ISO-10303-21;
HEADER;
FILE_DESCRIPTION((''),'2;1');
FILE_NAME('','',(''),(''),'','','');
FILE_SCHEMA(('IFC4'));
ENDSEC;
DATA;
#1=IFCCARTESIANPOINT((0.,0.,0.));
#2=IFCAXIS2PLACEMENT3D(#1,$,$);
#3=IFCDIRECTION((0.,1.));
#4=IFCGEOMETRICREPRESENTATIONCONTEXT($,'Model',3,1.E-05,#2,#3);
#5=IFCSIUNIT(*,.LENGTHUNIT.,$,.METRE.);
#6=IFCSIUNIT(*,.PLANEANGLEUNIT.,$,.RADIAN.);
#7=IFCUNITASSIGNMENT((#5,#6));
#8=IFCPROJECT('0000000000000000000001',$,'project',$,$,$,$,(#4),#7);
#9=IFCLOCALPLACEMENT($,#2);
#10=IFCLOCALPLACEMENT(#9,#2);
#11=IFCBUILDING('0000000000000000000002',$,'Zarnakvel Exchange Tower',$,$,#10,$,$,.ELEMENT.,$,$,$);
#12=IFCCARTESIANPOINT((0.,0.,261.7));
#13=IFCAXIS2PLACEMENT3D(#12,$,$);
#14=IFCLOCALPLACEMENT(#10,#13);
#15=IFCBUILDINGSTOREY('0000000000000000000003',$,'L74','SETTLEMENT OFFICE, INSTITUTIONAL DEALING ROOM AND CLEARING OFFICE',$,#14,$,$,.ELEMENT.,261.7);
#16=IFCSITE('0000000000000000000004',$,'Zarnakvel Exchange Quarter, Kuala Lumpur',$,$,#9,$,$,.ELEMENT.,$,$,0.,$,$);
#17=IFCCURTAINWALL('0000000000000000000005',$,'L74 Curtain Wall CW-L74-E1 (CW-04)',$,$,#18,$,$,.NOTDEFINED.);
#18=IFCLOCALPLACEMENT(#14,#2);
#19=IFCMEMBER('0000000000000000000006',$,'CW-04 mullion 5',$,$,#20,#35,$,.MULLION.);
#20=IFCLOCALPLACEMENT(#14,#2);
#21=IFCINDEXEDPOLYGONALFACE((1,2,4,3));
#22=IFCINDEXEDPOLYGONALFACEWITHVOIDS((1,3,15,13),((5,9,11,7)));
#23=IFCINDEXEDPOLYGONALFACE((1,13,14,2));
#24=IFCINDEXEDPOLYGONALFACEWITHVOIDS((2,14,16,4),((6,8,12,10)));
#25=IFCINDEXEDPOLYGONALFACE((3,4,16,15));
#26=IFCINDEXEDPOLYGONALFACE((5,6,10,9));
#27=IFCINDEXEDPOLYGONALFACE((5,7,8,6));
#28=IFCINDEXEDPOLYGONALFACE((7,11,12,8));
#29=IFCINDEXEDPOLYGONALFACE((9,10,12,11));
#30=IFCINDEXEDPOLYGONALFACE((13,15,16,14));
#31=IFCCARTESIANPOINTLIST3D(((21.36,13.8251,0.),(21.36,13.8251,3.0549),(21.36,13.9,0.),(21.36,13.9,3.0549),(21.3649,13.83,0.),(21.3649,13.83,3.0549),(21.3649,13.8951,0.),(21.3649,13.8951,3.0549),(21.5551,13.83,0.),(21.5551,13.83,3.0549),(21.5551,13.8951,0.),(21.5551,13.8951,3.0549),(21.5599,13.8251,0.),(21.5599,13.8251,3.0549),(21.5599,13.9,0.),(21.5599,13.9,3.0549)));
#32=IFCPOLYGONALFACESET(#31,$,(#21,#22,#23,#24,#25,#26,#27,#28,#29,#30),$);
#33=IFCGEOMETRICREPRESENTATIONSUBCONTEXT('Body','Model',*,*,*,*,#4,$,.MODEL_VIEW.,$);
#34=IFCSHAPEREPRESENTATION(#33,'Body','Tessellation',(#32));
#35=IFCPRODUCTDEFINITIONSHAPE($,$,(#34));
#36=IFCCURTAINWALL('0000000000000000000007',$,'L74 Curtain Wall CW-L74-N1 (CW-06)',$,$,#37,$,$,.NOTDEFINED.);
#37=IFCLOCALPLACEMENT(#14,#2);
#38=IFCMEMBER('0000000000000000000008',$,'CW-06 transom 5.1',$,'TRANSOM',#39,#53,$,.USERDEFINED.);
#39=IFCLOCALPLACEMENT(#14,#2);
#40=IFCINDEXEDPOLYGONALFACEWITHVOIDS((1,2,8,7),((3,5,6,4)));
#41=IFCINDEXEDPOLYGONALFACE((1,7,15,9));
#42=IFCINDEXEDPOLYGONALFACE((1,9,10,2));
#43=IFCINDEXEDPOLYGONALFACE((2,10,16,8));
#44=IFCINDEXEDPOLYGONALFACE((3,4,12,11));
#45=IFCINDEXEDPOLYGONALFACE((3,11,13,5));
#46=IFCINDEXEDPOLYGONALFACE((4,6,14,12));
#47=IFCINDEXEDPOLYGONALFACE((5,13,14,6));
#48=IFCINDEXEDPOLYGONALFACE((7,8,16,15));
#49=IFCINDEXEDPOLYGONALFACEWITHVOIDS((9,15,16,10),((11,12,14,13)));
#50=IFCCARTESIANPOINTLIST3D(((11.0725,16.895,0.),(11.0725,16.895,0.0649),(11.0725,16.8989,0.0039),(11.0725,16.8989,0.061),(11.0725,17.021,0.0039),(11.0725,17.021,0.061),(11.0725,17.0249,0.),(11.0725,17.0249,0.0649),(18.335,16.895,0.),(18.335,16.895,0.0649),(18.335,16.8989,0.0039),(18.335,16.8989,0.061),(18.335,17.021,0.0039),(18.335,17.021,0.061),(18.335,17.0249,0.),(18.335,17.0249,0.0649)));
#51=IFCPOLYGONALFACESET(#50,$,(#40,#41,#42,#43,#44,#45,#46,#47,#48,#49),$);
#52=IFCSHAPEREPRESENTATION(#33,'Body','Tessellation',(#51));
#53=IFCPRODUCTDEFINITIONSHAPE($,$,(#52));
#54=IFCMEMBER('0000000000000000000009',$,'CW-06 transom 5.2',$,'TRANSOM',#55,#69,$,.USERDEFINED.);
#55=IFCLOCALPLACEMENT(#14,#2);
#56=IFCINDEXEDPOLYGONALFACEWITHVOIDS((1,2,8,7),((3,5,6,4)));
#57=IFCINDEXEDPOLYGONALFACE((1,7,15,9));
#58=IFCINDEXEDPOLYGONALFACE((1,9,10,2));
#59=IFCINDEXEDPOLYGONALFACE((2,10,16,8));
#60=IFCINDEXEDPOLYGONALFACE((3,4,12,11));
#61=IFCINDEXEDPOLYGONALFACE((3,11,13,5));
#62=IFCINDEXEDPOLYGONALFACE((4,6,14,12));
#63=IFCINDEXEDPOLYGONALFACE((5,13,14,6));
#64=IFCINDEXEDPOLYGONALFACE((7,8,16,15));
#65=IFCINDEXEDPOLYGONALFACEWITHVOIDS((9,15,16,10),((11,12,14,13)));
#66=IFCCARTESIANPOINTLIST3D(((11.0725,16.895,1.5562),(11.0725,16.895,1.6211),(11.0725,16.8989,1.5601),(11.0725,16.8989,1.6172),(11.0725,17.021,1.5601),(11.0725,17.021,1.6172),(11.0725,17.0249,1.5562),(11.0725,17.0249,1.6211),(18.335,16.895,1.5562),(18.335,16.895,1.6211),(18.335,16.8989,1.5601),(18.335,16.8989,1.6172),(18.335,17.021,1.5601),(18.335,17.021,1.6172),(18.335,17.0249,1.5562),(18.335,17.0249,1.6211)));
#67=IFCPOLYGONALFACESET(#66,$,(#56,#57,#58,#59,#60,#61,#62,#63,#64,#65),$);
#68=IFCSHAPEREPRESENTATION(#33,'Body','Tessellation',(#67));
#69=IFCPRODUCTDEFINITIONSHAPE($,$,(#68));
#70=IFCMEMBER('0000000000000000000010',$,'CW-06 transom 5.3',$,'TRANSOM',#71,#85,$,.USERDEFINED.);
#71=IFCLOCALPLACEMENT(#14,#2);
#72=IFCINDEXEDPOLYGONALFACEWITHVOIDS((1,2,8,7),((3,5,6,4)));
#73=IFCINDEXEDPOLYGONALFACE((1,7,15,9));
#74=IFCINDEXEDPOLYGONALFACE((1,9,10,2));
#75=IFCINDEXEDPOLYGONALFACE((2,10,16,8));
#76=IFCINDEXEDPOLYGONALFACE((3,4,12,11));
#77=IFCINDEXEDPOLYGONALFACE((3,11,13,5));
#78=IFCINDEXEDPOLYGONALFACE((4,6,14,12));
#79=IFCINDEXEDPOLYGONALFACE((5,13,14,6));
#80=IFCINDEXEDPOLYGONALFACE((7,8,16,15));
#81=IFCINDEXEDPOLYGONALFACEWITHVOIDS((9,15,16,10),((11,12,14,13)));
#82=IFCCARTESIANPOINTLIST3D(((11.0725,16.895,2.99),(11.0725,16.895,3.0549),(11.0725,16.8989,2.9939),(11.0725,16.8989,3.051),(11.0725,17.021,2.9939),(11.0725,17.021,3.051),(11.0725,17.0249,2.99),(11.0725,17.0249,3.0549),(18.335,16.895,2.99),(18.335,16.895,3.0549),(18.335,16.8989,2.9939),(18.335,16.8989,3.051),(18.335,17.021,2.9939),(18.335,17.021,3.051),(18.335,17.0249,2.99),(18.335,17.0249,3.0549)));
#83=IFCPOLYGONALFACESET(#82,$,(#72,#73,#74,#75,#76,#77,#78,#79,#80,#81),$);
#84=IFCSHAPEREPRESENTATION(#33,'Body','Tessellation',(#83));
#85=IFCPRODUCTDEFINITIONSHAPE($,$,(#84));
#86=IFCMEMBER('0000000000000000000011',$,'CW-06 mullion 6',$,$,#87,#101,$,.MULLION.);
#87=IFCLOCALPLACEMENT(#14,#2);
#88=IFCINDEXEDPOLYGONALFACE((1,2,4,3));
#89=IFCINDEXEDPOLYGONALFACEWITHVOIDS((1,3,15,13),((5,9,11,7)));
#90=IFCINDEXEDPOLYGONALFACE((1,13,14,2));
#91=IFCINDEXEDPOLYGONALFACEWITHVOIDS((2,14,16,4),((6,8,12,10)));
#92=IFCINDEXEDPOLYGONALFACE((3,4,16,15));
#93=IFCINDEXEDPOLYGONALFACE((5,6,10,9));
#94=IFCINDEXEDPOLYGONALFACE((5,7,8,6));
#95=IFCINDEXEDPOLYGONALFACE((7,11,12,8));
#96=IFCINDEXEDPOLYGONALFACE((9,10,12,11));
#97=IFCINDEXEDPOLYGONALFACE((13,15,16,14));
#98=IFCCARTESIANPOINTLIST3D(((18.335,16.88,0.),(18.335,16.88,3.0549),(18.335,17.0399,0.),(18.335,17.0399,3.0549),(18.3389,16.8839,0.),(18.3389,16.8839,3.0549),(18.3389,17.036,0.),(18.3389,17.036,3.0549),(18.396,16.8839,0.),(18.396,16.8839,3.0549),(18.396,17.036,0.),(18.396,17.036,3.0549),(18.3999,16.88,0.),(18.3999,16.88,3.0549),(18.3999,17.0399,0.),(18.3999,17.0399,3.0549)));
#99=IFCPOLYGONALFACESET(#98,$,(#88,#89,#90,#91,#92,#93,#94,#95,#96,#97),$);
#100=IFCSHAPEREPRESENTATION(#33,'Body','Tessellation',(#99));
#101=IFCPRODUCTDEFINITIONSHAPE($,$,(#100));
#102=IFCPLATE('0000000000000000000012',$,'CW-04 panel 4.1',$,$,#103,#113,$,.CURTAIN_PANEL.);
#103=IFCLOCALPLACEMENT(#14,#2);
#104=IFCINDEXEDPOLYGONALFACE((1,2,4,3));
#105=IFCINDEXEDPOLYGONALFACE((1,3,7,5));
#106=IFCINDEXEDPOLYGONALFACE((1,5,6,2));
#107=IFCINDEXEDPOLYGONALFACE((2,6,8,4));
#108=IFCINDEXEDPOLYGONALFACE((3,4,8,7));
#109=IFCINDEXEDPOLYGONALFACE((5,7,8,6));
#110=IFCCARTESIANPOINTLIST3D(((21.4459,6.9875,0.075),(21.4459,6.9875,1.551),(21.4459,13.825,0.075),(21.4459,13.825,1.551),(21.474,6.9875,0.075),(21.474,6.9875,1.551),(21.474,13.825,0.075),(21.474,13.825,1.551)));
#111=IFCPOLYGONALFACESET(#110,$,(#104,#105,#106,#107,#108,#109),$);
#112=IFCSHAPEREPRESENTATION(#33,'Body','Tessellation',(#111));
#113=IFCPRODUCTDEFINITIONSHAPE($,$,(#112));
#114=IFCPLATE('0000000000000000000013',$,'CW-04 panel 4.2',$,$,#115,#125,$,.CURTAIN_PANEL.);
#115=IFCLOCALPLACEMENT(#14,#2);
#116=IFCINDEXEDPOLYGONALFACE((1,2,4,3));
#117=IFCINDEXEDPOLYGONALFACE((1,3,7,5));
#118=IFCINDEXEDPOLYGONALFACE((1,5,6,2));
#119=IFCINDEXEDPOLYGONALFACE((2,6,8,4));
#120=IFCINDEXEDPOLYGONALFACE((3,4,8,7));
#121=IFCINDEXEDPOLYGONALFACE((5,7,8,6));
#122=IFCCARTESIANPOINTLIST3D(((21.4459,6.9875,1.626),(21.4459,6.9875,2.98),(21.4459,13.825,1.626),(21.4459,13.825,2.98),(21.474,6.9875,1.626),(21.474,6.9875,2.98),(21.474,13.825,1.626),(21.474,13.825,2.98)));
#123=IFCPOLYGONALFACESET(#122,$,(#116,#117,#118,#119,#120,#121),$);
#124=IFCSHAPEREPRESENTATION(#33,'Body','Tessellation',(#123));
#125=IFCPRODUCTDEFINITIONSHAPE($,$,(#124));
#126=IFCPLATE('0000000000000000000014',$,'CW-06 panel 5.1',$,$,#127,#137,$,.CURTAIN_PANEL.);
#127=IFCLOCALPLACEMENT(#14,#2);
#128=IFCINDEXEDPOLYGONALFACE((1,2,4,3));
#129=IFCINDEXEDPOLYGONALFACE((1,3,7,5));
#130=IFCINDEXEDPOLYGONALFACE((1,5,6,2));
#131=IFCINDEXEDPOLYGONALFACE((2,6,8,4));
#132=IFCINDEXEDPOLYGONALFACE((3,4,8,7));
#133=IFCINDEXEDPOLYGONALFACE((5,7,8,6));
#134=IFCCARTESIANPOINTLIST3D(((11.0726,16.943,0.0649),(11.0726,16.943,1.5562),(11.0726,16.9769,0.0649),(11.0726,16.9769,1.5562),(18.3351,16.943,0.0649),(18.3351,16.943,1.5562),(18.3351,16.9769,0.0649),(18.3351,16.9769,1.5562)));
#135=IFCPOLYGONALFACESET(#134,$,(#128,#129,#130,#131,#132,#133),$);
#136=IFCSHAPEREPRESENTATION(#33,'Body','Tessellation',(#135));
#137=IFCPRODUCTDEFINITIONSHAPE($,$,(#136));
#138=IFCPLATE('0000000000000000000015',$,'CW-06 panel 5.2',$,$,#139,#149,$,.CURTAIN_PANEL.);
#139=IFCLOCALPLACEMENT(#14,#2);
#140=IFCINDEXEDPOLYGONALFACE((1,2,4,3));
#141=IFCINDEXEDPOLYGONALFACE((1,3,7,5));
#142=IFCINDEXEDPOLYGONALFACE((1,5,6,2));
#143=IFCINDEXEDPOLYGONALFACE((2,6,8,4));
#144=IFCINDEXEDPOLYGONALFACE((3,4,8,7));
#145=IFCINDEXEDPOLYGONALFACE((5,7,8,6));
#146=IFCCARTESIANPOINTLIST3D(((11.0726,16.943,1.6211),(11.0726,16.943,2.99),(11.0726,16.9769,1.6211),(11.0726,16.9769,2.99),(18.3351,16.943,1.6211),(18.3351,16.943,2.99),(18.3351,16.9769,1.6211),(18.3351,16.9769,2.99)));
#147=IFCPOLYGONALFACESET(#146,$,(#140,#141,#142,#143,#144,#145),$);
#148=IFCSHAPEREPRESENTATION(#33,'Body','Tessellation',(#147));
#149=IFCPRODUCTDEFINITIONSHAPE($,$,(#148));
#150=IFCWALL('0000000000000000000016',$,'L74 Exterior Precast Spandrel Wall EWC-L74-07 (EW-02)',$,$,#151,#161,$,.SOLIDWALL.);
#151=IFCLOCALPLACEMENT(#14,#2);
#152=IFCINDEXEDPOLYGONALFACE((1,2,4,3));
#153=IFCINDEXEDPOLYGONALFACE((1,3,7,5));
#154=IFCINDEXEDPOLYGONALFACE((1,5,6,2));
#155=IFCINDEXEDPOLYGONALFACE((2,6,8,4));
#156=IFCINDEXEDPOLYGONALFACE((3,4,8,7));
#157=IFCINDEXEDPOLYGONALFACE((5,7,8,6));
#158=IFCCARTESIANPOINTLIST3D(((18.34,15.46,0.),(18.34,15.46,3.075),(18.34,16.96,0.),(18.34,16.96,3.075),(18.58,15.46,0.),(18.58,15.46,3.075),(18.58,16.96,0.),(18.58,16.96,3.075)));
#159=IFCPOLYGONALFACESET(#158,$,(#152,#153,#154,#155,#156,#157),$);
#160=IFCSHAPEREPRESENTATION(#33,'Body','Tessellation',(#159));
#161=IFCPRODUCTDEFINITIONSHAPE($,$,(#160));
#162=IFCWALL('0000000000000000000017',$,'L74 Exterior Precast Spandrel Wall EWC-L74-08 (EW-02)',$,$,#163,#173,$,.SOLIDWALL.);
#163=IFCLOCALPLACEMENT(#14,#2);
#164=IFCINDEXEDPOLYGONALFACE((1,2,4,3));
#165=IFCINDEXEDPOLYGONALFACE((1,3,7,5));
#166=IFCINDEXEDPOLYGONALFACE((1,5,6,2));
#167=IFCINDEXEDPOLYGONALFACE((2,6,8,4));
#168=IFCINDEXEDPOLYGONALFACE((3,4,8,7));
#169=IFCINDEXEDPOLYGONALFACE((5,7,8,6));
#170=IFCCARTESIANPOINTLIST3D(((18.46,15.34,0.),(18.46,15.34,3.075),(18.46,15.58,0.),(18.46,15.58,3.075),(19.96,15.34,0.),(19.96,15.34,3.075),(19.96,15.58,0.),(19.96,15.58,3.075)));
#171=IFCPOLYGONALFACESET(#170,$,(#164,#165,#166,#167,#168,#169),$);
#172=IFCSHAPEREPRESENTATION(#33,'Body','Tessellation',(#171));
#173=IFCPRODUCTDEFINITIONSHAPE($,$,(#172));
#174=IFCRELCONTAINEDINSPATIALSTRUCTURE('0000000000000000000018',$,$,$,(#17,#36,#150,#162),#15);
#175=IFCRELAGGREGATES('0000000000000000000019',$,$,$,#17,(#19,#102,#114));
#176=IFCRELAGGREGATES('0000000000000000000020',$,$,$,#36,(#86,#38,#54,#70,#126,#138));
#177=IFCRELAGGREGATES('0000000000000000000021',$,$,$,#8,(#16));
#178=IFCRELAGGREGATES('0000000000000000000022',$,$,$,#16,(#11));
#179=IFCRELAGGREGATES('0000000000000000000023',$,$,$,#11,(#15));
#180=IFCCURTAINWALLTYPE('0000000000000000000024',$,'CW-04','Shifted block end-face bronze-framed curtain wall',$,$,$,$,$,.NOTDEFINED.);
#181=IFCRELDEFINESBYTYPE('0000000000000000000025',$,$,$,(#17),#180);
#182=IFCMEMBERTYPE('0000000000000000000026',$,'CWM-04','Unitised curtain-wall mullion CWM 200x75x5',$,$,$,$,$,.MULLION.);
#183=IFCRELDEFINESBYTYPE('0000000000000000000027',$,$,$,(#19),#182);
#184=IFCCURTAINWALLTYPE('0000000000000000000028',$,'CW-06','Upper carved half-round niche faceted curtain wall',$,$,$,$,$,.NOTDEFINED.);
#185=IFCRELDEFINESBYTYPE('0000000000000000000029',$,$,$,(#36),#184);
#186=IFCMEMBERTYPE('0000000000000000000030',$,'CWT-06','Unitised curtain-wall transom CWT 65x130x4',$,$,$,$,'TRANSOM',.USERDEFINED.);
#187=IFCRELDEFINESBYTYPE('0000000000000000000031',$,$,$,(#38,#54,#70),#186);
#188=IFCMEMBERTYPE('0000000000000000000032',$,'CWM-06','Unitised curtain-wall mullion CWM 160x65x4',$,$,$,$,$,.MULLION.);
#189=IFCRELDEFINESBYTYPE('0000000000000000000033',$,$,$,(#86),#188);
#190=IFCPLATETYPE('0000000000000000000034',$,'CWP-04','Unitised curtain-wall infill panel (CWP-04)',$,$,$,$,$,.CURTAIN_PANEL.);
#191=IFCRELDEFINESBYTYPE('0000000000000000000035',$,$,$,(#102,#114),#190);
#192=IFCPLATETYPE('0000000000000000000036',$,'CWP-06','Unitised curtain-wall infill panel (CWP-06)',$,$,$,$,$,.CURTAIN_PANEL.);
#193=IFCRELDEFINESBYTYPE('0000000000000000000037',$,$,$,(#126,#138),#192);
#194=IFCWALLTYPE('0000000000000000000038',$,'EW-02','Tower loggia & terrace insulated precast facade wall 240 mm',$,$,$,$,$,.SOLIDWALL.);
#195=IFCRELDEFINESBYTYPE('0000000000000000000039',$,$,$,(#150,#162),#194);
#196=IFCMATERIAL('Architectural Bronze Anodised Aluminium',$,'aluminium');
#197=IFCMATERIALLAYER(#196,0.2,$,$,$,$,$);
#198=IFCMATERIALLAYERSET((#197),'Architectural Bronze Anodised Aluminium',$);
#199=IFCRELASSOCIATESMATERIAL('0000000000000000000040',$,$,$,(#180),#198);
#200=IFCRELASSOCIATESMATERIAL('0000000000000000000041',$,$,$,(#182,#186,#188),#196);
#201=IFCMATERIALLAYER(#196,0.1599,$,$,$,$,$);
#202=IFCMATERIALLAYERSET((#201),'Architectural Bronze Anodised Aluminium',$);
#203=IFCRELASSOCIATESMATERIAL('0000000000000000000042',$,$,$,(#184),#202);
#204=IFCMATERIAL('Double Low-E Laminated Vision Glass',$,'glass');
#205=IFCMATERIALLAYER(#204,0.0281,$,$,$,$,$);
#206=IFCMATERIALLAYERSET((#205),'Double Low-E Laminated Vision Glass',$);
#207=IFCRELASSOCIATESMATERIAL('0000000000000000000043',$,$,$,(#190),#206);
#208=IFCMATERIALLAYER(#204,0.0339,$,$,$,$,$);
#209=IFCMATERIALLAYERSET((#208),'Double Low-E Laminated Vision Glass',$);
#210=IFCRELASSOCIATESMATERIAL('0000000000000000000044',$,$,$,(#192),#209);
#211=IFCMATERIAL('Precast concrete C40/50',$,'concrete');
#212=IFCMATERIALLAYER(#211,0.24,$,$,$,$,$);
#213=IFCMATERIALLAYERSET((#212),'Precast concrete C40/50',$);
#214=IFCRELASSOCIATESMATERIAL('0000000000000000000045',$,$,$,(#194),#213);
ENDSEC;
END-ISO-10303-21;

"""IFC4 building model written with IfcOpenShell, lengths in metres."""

from ifc_helpers import new_model, si_unit, direction, frame, frame_2d, origin, origin_2d, place, context, subcontext, project, spatial, rectangle, hollow_rectangle, extrude, source, transform, mapped, material, layer, layer_set, material_profile, profile_set, type_object, element, aggregate, save


model = new_model("IFC4")

# Units and contexts
model_context = context("Model", 3, precision=1e-05, world=origin(), true_north=direction((0.0, 1.0)))
body_context = subcontext(model_context, "Body", "Model", "MODEL_VIEW")
ifc_project = project(units=[si_unit("LENGTHUNIT", "METRE"), si_unit("PLANEANGLEUNIT", "RADIAN")], contexts=[model_context])

# Site, building, storey
site_placement = place(None, origin())
site = spatial("IfcSite", under=ifc_project, at=site_placement, Name="Zarnakvel Exchange Quarter, Kuala Lumpur", CompositionType="ELEMENT", RefElevation=0.0)
building_placement = place(site_placement, origin())
building = spatial("IfcBuilding", under=site, at=building_placement, Name="Zarnakvel Exchange Tower", CompositionType="ELEMENT")
storey_placement = place(building_placement, frame((0.0, 0.0, 261.7)))
storey = spatial("IfcBuildingStorey", under=building, at=storey_placement, Name="L74", Description="SETTLEMENT OFFICE, INSTITUTIONAL DEALING ROOM AND CLEARING OFFICE", CompositionType="ELEMENT", Elevation=261.7)

# Curtain wall, member
ifc_material_1 = material(Name="Architectural Bronze Anodised Aluminium", Category="aluminium")
ifc_layer_1 = layer(ifc_material_1, 0.2)
ifc_layer_set_1 = layer_set([ifc_layer_1], Name="Architectural Bronze Anodised Aluminium")
curtain_wall_type_1 = type_object("IfcCurtainWallType", Name="CW-04", Description="Shifted block end-face bronze-framed curtain wall", PredefinedType="NOTDEFINED", material=ifc_layer_set_1)
curtain_wall_1_placement = place(storey_placement, origin())
curtain_wall_1 = element("IfcCurtainWall", 1, at=curtain_wall_1_placement, inside=storey, type_object=curtain_wall_type_1, Name="L74 Curtain Wall CW-L74-E1 (CW-04)", PredefinedType="NOTDEFINED")
ifc_material_profile_1 = material_profile(ifc_material_1, hollow_rectangle(XDim=0.2, YDim=0.075, WallThickness=0.0049, at=origin_2d()))
ifc_profile_set_1 = profile_set([ifc_material_profile_1], Name="Architectural Bronze Anodised Aluminium")
member_type_1 = type_object("IfcMemberType", Name="CWM-04", Description="Unitised curtain-wall mullion CWM 200x75x5", PredefinedType="MULLION", material=ifc_profile_set_1)
shared_shape_1 = source(origin(), body_context, "Body", "SweptSolid", [
    extrude(hollow_rectangle(XDim=0.2, YDim=0.075, WallThickness=0.0049, at=origin_2d()), origin(), (0.0, 0.0, 1.0), 3.0549),
])
member_1_placement = place(storey_placement, frame((21.46, 13.8625, 0.0), z_axis=(0.0, 0.0, 1.0), x_axis=(-1.0, 0.0, 0.0)))
member_1 = element("IfcMember", 2, at=member_1_placement, type_object=member_type_1, Name="CW-04 mullion 5", PredefinedType="MULLION", context=body_context, shape_type="MappedRepresentation", body=[
    mapped(shared_shape_1, transform((0.0, 0.0, 0.0), x_axis=(1.0, 0.0, 0.0), y_axis=(0.0, 1.0, 0.0), z_axis=(0.0, 0.0, 1.0), scale=1.0)),
])

# Curtain wall, members
ifc_layer_2 = layer(ifc_material_1, 0.1599)
ifc_layer_set_2 = layer_set([ifc_layer_2], Name="Architectural Bronze Anodised Aluminium")
curtain_wall_type_2 = type_object("IfcCurtainWallType", Name="CW-06", Description="Upper carved half-round niche faceted curtain wall", PredefinedType="NOTDEFINED", material=ifc_layer_set_2)
curtain_wall_2_placement = place(storey_placement, origin())
curtain_wall_2 = element("IfcCurtainWall", 3, at=curtain_wall_2_placement, inside=storey, type_object=curtain_wall_type_2, Name="L74 Curtain Wall CW-L74-N1 (CW-06)", PredefinedType="NOTDEFINED")
ifc_material_profile_2 = material_profile(ifc_material_1, hollow_rectangle(XDim=0.1299, YDim=0.0649, WallThickness=0.0039, at=origin_2d()))
ifc_profile_set_2 = profile_set([ifc_material_profile_2], Name="Architectural Bronze Anodised Aluminium")
member_type_2 = type_object("IfcMemberType", Name="CWT-06", Description="Unitised curtain-wall transom CWT 65x130x4", ElementType="TRANSOM", PredefinedType="USERDEFINED", material=ifc_profile_set_2)
shared_shape_2 = source(origin(), body_context, "Body", "SweptSolid", [
    extrude(hollow_rectangle(XDim=0.1299, YDim=0.0649, WallThickness=0.0039, at=origin_2d()), origin(), (0.0, 0.0, 1.0), 7.2625),
])
member_2_placement = place(storey_placement, frame((11.0725, 16.96, 0.0325), z_axis=(1.0, 0.0, 0.0), x_axis=(0.0, 1.0, 0.0)))
member_2 = element("IfcMember", 4, at=member_2_placement, type_object=member_type_2, Name="CW-06 transom 5.1", ObjectType="TRANSOM", PredefinedType="USERDEFINED", context=body_context, shape_type="MappedRepresentation", body=[
    mapped(shared_shape_2, transform((0.0, 0.0, 0.0), x_axis=(1.0, 0.0, 0.0), y_axis=(0.0, 1.0, 0.0), z_axis=(0.0, 0.0, 1.0), scale=1.0)),
])
member_3_placement = place(storey_placement, frame((11.0725, 16.96, 1.5886), z_axis=(1.0, 0.0, 0.0), x_axis=(0.0, 1.0, 0.0)))
member_3 = element("IfcMember", 5, at=member_3_placement, type_object=member_type_2, Name="CW-06 transom 5.2", ObjectType="TRANSOM", PredefinedType="USERDEFINED", context=body_context, shape_type="MappedRepresentation", body=[
    mapped(shared_shape_2, transform((0.0, 0.0, 0.0), x_axis=(1.0, 0.0, 0.0), y_axis=(0.0, 1.0, 0.0), z_axis=(0.0, 0.0, 1.0), scale=1.0)),
])
member_4_placement = place(storey_placement, frame((11.0725, 16.96, 3.0225), z_axis=(1.0, 0.0, 0.0), x_axis=(0.0, 1.0, 0.0)))
member_4 = element("IfcMember", 6, at=member_4_placement, type_object=member_type_2, Name="CW-06 transom 5.3", ObjectType="TRANSOM", PredefinedType="USERDEFINED", context=body_context, shape_type="MappedRepresentation", body=[
    mapped(shared_shape_2, transform((0.0, 0.0, 0.0), x_axis=(1.0, 0.0, 0.0), y_axis=(0.0, 1.0, 0.0), z_axis=(0.0, 0.0, 1.0), scale=1.0)),
])
ifc_material_profile_3 = material_profile(ifc_material_1, hollow_rectangle(XDim=0.1599, YDim=0.0649, WallThickness=0.0039, at=origin_2d()))
ifc_profile_set_3 = profile_set([ifc_material_profile_3], Name="Architectural Bronze Anodised Aluminium")
member_type_3 = type_object("IfcMemberType", Name="CWM-06", Description="Unitised curtain-wall mullion CWM 160x65x4", PredefinedType="MULLION", material=ifc_profile_set_3)
shared_shape_3 = source(origin(), body_context, "Body", "SweptSolid", [
    extrude(hollow_rectangle(XDim=0.1599, YDim=0.0649, WallThickness=0.0039, at=origin_2d()), origin(), (0.0, 0.0, 1.0), 3.0549),
])
member_5_placement = place(storey_placement, frame((18.3674, 16.96, 0.0), z_axis=(0.0, 0.0, 1.0), x_axis=(0.0, 1.0, 0.0)))
member_5 = element("IfcMember", 7, at=member_5_placement, type_object=member_type_3, Name="CW-06 mullion 6", PredefinedType="MULLION", context=body_context, shape_type="MappedRepresentation", body=[
    mapped(shared_shape_3, transform((0.0, 0.0, 0.0), x_axis=(1.0, 0.0, 0.0), y_axis=(0.0, 1.0, 0.0), z_axis=(0.0, 0.0, 1.0), scale=1.0)),
])

# Plates
ifc_material_2 = material(Name="Double Low-E Laminated Vision Glass", Category="glass")
ifc_layer_3 = layer(ifc_material_2, 0.0281)
ifc_layer_set_3 = layer_set([ifc_layer_3], Name="Double Low-E Laminated Vision Glass")
plate_type_1 = type_object("IfcPlateType", Name="CWP-04", Description="Unitised curtain-wall infill panel (CWP-04)", PredefinedType="CURTAIN_PANEL", material=ifc_layer_set_3)
shared_shape_4 = source(origin(), body_context, "Body", "SweptSolid", [
    extrude(rectangle(XDim=6.8374, YDim=0.0281, at=origin_2d()), origin(), (0.0, 0.0, 1.0), 1.4761),
])
plate_1_placement = place(storey_placement, frame((21.46, 10.4062, 0.075), z_axis=(0.0, 0.0, 1.0), x_axis=(0.0, 1.0, 0.0)))
plate_1 = element("IfcPlate", 8, at=plate_1_placement, type_object=plate_type_1, Name="CW-04 panel 4.1", PredefinedType="CURTAIN_PANEL", context=body_context, shape_type="MappedRepresentation", body=[
    mapped(shared_shape_4, transform((0.0, 0.0, 0.0), x_axis=(1.0, 0.0, 0.0), y_axis=(0.0, 1.0, 0.0), z_axis=(0.0, 0.0, 1.0), scale=1.0)),
])
shared_shape_5 = source(origin(), body_context, "Body", "SweptSolid", [
    extrude(rectangle(XDim=6.8374, YDim=0.0281, at=origin_2d()), origin(), (0.0, 0.0, 1.0), 1.354),
])
plate_2_placement = place(storey_placement, frame((21.46, 10.4062, 1.626), z_axis=(0.0, 0.0, 1.0), x_axis=(0.0, 1.0, 0.0)))
plate_2 = element("IfcPlate", 9, at=plate_2_placement, type_object=plate_type_1, Name="CW-04 panel 4.2", PredefinedType="CURTAIN_PANEL", context=body_context, shape_type="MappedRepresentation", body=[
    mapped(shared_shape_5, transform((0.0, 0.0, 0.0), x_axis=(1.0, 0.0, 0.0), y_axis=(0.0, 1.0, 0.0), z_axis=(0.0, 0.0, 1.0), scale=1.0)),
])
aggregate(curtain_wall_1, [member_1, plate_1, plate_2])
ifc_layer_4 = layer(ifc_material_2, 0.0339)
ifc_layer_set_4 = layer_set([ifc_layer_4], Name="Double Low-E Laminated Vision Glass")
plate_type_2 = type_object("IfcPlateType", Name="CWP-06", Description="Unitised curtain-wall infill panel (CWP-06)", PredefinedType="CURTAIN_PANEL", material=ifc_layer_set_4)
shared_shape_6 = source(origin(), body_context, "Body", "SweptSolid", [
    extrude(rectangle(XDim=7.2625, YDim=0.0339, at=origin_2d()), origin(), (0.0, 0.0, 1.0), 1.4912),
])
plate_3_placement = place(storey_placement, frame((14.7039, 16.96, 0.0649), z_axis=(0.0, 0.0, 1.0), x_axis=(1.0, 0.0, 0.0)))
plate_3 = element("IfcPlate", 10, at=plate_3_placement, type_object=plate_type_2, Name="CW-06 panel 5.1", PredefinedType="CURTAIN_PANEL", context=body_context, shape_type="MappedRepresentation", body=[
    mapped(shared_shape_6, transform((0.0, 0.0, 0.0), x_axis=(1.0, 0.0, 0.0), y_axis=(0.0, 1.0, 0.0), z_axis=(0.0, 0.0, 1.0), scale=1.0)),
])
shared_shape_7 = source(origin(), body_context, "Body", "SweptSolid", [
    extrude(rectangle(XDim=7.2625, YDim=0.0339, at=origin_2d()), origin(), (0.0, 0.0, 1.0), 1.3689),
])
plate_4_placement = place(storey_placement, frame((14.7039, 16.96, 1.6211), z_axis=(0.0, 0.0, 1.0), x_axis=(1.0, 0.0, 0.0)))
plate_4 = element("IfcPlate", 11, at=plate_4_placement, type_object=plate_type_2, Name="CW-06 panel 5.2", PredefinedType="CURTAIN_PANEL", context=body_context, shape_type="MappedRepresentation", body=[
    mapped(shared_shape_7, transform((0.0, 0.0, 0.0), x_axis=(1.0, 0.0, 0.0), y_axis=(0.0, 1.0, 0.0), z_axis=(0.0, 0.0, 1.0), scale=1.0)),
])
aggregate(curtain_wall_2, [member_5, member_2, member_3, member_4, plate_3, plate_4])

# Walls
ifc_material_3 = material(Name="Precast concrete C40/50", Category="concrete")
ifc_layer_5 = layer(ifc_material_3, 0.24)
ifc_layer_set_5 = layer_set([ifc_layer_5], Name="Precast concrete C40/50")
wall_type_1 = type_object("IfcWallType", Name="EW-02", Description="Tower loggia & terrace insulated precast facade wall 240 mm", PredefinedType="SOLIDWALL", material=ifc_layer_set_5)
for number, where, z_axis, x_axis, name in (
    (12, (18.46, 15.46, 0.0), (0.0, 0.0, 1.0), (0.0, 1.0, 0.0), "L74 Exterior Precast Spandrel Wall EWC-L74-07 (EW-02)"),
    (13, (19.96, 15.46, 0.0), (0.0, 0.0, 1.0), (-1.0, 0.0, 0.0), "L74 Exterior Precast Spandrel Wall EWC-L74-08 (EW-02)"),
):
    element("IfcWall", number, at=place(storey_placement, frame(where, z_axis=z_axis, x_axis=x_axis)), inside=storey, type_object=wall_type_1, Name=name, PredefinedType="SOLIDWALL", context=body_context, shape_type="SweptSolid", body=[
        extrude(rectangle(XDim=1.5, YDim=0.24, at=frame_2d((0.75, 0.0))), origin(), (0.0, 0.0, 1.0), 3.075),
    ])

save(model, "model.ifc")
